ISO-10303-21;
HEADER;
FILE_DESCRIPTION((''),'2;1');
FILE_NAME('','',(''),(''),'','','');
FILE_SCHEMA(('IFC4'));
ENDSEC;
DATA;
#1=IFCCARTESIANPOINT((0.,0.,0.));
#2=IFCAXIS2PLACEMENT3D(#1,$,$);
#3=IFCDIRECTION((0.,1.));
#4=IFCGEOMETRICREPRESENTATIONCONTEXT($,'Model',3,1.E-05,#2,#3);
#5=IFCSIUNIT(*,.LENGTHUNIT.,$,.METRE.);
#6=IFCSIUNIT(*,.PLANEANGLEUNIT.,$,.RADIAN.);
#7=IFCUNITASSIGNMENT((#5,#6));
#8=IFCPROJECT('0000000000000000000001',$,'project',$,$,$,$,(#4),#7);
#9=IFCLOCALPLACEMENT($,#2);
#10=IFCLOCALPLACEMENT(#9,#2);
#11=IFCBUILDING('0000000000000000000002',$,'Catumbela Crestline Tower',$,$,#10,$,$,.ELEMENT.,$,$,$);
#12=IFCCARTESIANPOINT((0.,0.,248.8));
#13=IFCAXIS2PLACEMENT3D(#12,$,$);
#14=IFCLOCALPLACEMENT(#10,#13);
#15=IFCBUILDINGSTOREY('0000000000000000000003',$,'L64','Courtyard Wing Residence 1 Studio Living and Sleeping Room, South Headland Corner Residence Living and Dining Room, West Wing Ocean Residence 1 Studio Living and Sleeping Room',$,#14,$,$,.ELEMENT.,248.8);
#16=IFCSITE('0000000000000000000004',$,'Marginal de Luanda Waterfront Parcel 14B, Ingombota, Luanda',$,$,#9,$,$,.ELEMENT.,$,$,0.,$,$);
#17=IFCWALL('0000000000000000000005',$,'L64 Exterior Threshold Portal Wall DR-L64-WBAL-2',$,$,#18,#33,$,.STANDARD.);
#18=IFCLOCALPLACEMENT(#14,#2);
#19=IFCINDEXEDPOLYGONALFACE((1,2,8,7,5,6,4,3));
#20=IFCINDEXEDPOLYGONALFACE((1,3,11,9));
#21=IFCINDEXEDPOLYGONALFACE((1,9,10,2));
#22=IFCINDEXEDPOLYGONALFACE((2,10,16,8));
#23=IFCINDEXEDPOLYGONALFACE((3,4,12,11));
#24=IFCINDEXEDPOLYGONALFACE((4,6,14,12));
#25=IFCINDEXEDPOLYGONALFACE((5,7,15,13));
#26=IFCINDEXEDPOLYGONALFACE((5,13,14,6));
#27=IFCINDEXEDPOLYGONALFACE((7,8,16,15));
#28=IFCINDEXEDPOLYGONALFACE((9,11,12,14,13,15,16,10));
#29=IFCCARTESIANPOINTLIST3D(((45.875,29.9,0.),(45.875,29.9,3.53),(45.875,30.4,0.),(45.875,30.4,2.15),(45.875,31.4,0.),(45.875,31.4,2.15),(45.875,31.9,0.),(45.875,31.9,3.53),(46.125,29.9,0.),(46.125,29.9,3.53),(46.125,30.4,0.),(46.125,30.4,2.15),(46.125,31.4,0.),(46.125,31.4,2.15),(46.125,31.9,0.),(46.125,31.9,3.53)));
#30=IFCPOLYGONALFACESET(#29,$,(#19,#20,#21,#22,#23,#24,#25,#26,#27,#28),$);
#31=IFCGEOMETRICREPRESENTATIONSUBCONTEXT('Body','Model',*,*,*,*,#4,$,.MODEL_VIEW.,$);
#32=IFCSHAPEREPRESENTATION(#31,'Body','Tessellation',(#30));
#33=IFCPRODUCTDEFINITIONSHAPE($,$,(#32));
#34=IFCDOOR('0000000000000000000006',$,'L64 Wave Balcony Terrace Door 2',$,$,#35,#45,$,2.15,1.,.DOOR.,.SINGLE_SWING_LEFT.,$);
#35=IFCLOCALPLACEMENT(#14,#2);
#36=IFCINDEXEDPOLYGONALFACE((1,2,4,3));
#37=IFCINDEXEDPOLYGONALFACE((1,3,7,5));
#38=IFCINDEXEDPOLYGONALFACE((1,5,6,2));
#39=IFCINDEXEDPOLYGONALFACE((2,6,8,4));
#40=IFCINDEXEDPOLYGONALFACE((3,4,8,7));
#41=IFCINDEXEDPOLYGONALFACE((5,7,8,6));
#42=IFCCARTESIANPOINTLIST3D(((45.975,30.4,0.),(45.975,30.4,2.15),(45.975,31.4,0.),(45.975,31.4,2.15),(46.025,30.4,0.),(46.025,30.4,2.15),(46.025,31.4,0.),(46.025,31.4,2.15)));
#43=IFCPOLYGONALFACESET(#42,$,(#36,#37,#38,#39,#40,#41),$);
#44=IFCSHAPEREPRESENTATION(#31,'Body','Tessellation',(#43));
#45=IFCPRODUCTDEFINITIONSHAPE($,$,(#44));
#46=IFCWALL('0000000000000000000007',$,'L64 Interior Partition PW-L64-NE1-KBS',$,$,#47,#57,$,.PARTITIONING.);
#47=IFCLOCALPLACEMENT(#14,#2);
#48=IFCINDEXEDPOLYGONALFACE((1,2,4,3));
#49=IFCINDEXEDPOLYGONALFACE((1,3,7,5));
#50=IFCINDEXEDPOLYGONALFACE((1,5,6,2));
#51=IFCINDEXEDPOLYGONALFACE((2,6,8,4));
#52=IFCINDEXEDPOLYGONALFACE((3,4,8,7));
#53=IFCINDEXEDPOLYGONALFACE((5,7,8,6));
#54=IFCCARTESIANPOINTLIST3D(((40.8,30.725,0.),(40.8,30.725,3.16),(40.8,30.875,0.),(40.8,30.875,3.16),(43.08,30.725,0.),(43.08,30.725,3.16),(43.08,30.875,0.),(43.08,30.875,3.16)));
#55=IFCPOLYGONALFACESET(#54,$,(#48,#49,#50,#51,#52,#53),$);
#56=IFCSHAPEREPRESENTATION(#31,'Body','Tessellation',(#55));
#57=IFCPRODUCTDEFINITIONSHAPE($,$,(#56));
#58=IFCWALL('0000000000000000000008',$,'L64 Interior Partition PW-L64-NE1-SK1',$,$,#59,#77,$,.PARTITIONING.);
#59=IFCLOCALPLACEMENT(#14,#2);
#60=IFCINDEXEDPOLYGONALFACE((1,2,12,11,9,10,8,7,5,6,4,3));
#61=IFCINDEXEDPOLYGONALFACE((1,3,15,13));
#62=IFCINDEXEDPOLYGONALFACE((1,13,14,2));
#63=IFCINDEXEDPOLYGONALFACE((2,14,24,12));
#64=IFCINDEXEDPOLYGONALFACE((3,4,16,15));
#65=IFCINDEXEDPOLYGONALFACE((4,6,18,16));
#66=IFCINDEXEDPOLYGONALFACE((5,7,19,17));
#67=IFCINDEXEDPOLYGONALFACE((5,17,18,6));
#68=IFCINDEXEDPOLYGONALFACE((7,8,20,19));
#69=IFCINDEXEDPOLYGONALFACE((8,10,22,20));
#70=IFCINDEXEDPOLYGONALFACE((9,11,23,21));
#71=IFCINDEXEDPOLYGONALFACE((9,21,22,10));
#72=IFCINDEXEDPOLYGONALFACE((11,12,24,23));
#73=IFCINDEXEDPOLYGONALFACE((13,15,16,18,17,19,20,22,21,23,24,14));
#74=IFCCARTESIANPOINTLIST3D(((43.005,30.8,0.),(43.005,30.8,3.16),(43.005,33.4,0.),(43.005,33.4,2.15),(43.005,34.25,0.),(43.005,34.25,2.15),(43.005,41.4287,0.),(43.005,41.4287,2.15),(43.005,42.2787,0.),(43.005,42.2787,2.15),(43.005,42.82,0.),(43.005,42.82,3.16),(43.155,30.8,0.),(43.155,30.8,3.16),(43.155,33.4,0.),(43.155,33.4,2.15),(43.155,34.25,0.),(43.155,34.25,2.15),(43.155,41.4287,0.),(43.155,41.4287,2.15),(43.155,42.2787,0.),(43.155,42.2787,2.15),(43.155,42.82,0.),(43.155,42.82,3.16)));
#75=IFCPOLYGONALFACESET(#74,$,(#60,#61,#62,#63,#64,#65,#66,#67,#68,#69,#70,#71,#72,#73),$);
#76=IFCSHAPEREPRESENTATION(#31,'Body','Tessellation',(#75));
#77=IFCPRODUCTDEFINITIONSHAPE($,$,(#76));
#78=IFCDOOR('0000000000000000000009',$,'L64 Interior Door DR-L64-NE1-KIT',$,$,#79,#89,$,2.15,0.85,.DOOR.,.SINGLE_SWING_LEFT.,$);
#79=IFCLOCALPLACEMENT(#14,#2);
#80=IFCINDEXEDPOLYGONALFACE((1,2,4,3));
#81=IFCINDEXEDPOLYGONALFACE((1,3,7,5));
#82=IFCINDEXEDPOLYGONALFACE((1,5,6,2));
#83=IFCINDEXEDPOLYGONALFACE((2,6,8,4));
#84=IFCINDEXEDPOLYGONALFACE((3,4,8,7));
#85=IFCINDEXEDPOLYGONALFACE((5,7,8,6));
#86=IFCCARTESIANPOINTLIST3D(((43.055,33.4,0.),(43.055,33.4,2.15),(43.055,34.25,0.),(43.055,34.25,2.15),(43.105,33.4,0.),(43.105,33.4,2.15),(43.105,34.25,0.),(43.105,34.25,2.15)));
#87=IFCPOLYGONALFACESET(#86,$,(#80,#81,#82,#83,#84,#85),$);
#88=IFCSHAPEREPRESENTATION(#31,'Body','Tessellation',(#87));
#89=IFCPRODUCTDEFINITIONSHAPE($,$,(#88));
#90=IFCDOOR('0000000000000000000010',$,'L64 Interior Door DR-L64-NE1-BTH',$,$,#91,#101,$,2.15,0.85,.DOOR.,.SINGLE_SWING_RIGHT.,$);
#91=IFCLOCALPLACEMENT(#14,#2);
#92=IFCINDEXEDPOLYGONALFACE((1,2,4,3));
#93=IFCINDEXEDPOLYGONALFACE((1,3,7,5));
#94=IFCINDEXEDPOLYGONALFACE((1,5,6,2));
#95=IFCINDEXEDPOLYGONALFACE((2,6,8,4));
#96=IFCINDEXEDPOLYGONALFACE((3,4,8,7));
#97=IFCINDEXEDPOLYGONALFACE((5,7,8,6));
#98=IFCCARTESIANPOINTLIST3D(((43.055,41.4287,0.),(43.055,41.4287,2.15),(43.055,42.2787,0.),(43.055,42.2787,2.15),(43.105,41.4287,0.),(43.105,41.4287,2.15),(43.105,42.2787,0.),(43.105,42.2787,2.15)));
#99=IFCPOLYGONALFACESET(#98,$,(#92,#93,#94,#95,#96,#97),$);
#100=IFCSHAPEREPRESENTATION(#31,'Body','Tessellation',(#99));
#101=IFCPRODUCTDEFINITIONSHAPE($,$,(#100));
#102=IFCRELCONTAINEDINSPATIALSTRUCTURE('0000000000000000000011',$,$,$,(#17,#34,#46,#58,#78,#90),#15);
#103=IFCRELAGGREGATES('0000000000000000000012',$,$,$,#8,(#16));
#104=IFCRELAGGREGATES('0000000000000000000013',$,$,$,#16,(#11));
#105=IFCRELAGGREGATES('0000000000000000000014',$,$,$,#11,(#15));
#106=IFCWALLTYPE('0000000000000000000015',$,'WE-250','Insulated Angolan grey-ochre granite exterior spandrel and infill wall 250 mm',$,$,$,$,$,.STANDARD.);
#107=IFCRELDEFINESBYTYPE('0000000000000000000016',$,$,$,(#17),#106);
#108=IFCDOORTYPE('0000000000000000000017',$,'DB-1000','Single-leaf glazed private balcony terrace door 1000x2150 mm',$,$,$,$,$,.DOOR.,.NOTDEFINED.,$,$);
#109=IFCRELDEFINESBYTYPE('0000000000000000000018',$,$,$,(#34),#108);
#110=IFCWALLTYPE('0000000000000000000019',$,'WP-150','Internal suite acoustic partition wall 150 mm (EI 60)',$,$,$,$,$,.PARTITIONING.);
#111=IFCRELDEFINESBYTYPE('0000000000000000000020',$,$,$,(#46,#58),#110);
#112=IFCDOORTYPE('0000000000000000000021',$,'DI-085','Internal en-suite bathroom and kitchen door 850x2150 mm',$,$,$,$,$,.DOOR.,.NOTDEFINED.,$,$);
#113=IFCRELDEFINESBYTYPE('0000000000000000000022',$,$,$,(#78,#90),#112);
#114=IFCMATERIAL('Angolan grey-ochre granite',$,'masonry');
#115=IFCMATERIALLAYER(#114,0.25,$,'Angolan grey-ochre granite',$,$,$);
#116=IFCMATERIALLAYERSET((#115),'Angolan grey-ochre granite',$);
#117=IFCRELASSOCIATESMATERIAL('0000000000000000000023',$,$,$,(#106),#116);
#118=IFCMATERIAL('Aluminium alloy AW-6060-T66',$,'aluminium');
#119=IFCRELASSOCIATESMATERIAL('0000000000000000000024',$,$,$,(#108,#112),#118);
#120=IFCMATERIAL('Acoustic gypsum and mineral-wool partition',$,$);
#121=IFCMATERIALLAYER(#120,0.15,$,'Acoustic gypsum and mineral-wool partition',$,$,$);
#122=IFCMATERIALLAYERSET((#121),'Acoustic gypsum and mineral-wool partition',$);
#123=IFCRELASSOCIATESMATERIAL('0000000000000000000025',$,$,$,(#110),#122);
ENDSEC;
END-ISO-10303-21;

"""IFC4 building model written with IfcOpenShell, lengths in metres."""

from ifc_helpers import new_model, si_unit, direction, frame, frame_2d, origin, place, context, subcontext, project, spatial, rectangle, extrude, material, layer, layer_set, type_object, element, fill, save


model = new_model("IFC4")

# Units and contexts
model_context = context("Model", 3, precision=1e-05, world=origin(), true_north=direction((0.0, 1.0)))
body_context = subcontext(model_context, "Body", "Model", "MODEL_VIEW")
ifc_project = project(units=[si_unit("LENGTHUNIT", "METRE"), si_unit("PLANEANGLEUNIT", "RADIAN")], contexts=[model_context])

# Site, building, storey
site_placement = place(None, origin())
site = spatial("IfcSite", under=ifc_project, at=site_placement, Name="Marginal de Luanda Waterfront Parcel 14B, Ingombota, Luanda", CompositionType="ELEMENT", RefElevation=0.0)
building_placement = place(site_placement, origin())
building = spatial("IfcBuilding", under=site, at=building_placement, Name="Catumbela Crestline Tower", CompositionType="ELEMENT")
storey_placement = place(building_placement, frame((0.0, 0.0, 248.8)))
storey = spatial("IfcBuildingStorey", under=building, at=storey_placement, Name="L64", Description="Courtyard Wing Residence 1 Studio Living and Sleeping Room, South Headland Corner Residence Living and Dining Room, West Wing Ocean Residence 1 Studio Living and Sleeping Room", CompositionType="ELEMENT", Elevation=248.8)

# Shared definitions
ifc_material_1 = material(Name="Aluminium alloy AW-6060-T66", Category="aluminium")

# Wall, opening, door
ifc_material_2 = material(Name="Acoustic gypsum and mineral-wool partition")
ifc_material_3 = material(Name="Angolan grey-ochre granite", Category="masonry")
ifc_layer_1 = layer(ifc_material_3, 0.25, Name="Angolan grey-ochre granite")
ifc_layer_set_1 = layer_set([ifc_layer_1], Name="Angolan grey-ochre granite")
wall_type_1 = type_object("IfcWallType", Name="WE-250", Description="Insulated Angolan grey-ochre granite exterior spandrel and infill wall 250 mm", PredefinedType="STANDARD", material=ifc_layer_set_1)
wall_1_placement = place(storey_placement, frame((46.0, 29.9, 0.0), z_axis=(0.0, 0.0, 1.0), x_axis=(0.0, 1.0, 0.0)))
wall_1 = element("IfcWall", 1, at=wall_1_placement, inside=storey, type_object=wall_type_1, Name="L64 Exterior Threshold Portal Wall DR-L64-WBAL-2", PredefinedType="STANDARD", context=body_context, shape_type="SweptSolid", body=[
    extrude(rectangle(XDim=2.0, YDim=0.25, at=frame_2d((1.0, 0.0))), origin(), (0.0, 0.0, 1.0), 3.53),
])
opening_1_placement = place(wall_1_placement, frame((0.5, 0.0, 0.0)))
opening_1 = element("IfcOpeningElement", 2, at=opening_1_placement, cuts=wall_1, PredefinedType="OPENING", context=body_context, shape_type="SweptSolid", body=[
    extrude(rectangle(XDim=1.0, YDim=2.15, at=frame_2d((0.5, 1.075))), frame((0.0, 0.135, 0.0), z_axis=(0.0, -1.0, 0.0), x_axis=(1.0, 0.0, 0.0)), (0.0, 0.0, 1.0), 0.27),
])
door_type_1 = type_object("IfcDoorType", Name="DB-1000", Description="Single-leaf glazed private balcony terrace door 1000x2150 mm", OperationType="NOTDEFINED", PredefinedType="DOOR", material=ifc_material_1)
door_1_placement = place(opening_1_placement, origin())
door_1 = element("IfcDoor", 3, at=door_1_placement, inside=storey, type_object=door_type_1, Name="L64 Wave Balcony Terrace Door 2", OperationType="SINGLE_SWING_LEFT", OverallHeight=2.15, OverallWidth=1.0, PredefinedType="DOOR", context=body_context, shape_type="SweptSolid", body=[
    extrude(rectangle(XDim=1.0, YDim=2.15, at=frame_2d((0.5, 1.075))), frame((0.0, 0.025, 0.0), z_axis=(0.0, -1.0, 0.0), x_axis=(1.0, 0.0, 0.0)), (0.0, 0.0, 1.0), 0.05),
])
fill(opening_1, door_1)

# Wall
ifc_layer_2 = layer(ifc_material_2, 0.15, Name="Acoustic gypsum and mineral-wool partition")
ifc_layer_set_2 = layer_set([ifc_layer_2], Name="Acoustic gypsum and mineral-wool partition")
wall_type_2 = type_object("IfcWallType", Name="WP-150", Description="Internal suite acoustic partition wall 150 mm (EI 60)", PredefinedType="PARTITIONING", material=ifc_layer_set_2)
wall_2_placement = place(storey_placement, frame((40.8, 30.8, 0.0), z_axis=(0.0, 0.0, 1.0), x_axis=(1.0, 0.0, 0.0)))
element("IfcWall", 4, at=wall_2_placement, inside=storey, type_object=wall_type_2, Name="L64 Interior Partition PW-L64-NE1-KBS", PredefinedType="PARTITIONING", context=body_context, shape_type="SweptSolid", body=[
    extrude(rectangle(XDim=2.28, YDim=0.15, at=frame_2d((1.14, 0.0))), origin(), (0.0, 0.0, 1.0), 3.16),
])

# Wall, openings, doors
wall_3_placement = place(storey_placement, frame((43.08, 30.8, 0.0), z_axis=(0.0, 0.0, 1.0), x_axis=(0.0, 1.0, 0.0)))
wall_3 = element("IfcWall", 5, at=wall_3_placement, inside=storey, type_object=wall_type_2, Name="L64 Interior Partition PW-L64-NE1-SK1", PredefinedType="PARTITIONING", context=body_context, shape_type="SweptSolid", body=[
    extrude(rectangle(XDim=12.02, YDim=0.15, at=frame_2d((6.01, 0.0))), origin(), (0.0, 0.0, 1.0), 3.16),
])
opening_2_placement = place(wall_3_placement, frame((2.6, 0.0, 0.0)))
opening_2 = element("IfcOpeningElement", 6, at=opening_2_placement, cuts=wall_3, PredefinedType="OPENING", context=body_context, shape_type="SweptSolid", body=[
    extrude(rectangle(XDim=0.85, YDim=2.15, at=frame_2d((0.425, 1.075))), frame((0.0, 0.085, 0.0), z_axis=(0.0, -1.0, 0.0), x_axis=(1.0, 0.0, 0.0)), (0.0, 0.0, 1.0), 0.17),
])
opening_3_placement = place(wall_3_placement, frame((10.6287, 0.0, 0.0)))
opening_3 = element("IfcOpeningElement", 7, at=opening_3_placement, cuts=wall_3, PredefinedType="OPENING", context=body_context, shape_type="SweptSolid", body=[
    extrude(rectangle(XDim=0.85, YDim=2.15, at=frame_2d((0.425, 1.075))), frame((0.0, 0.085, 0.0), z_axis=(0.0, -1.0, 0.0), x_axis=(1.0, 0.0, 0.0)), (0.0, 0.0, 1.0), 0.17),
])
door_type_2 = type_object("IfcDoorType", Name="DI-085", Description="Internal en-suite bathroom and kitchen door 850x2150 mm", OperationType="NOTDEFINED", PredefinedType="DOOR", material=ifc_material_1)
door_2_placement = place(opening_2_placement, origin())
door_2 = element("IfcDoor", 8, at=door_2_placement, inside=storey, type_object=door_type_2, Name="L64 Interior Door DR-L64-NE1-KIT", OperationType="SINGLE_SWING_LEFT", OverallHeight=2.15, OverallWidth=0.85, PredefinedType="DOOR", context=body_context, shape_type="SweptSolid", body=[
    extrude(rectangle(XDim=0.85, YDim=2.15, at=frame_2d((0.425, 1.075))), frame((0.0, 0.025, 0.0), z_axis=(0.0, -1.0, 0.0), x_axis=(1.0, 0.0, 0.0)), (0.0, 0.0, 1.0), 0.05),
])
fill(opening_2, door_2)
door_3_placement = place(opening_3_placement, origin())
door_3 = element("IfcDoor", 9, at=door_3_placement, inside=storey, type_object=door_type_2, Name="L64 Interior Door DR-L64-NE1-BTH", OperationType="SINGLE_SWING_RIGHT", OverallHeight=2.15, OverallWidth=0.85, PredefinedType="DOOR", context=body_context, shape_type="SweptSolid", body=[
    extrude(rectangle(XDim=0.85, YDim=2.15, at=frame_2d((0.425, 1.075))), frame((0.0, 0.025, 0.0), z_axis=(0.0, -1.0, 0.0), x_axis=(1.0, 0.0, 0.0)), (0.0, 0.0, 1.0), 0.05),
])
fill(opening_3, door_3)

save(model, "model.ifc")
